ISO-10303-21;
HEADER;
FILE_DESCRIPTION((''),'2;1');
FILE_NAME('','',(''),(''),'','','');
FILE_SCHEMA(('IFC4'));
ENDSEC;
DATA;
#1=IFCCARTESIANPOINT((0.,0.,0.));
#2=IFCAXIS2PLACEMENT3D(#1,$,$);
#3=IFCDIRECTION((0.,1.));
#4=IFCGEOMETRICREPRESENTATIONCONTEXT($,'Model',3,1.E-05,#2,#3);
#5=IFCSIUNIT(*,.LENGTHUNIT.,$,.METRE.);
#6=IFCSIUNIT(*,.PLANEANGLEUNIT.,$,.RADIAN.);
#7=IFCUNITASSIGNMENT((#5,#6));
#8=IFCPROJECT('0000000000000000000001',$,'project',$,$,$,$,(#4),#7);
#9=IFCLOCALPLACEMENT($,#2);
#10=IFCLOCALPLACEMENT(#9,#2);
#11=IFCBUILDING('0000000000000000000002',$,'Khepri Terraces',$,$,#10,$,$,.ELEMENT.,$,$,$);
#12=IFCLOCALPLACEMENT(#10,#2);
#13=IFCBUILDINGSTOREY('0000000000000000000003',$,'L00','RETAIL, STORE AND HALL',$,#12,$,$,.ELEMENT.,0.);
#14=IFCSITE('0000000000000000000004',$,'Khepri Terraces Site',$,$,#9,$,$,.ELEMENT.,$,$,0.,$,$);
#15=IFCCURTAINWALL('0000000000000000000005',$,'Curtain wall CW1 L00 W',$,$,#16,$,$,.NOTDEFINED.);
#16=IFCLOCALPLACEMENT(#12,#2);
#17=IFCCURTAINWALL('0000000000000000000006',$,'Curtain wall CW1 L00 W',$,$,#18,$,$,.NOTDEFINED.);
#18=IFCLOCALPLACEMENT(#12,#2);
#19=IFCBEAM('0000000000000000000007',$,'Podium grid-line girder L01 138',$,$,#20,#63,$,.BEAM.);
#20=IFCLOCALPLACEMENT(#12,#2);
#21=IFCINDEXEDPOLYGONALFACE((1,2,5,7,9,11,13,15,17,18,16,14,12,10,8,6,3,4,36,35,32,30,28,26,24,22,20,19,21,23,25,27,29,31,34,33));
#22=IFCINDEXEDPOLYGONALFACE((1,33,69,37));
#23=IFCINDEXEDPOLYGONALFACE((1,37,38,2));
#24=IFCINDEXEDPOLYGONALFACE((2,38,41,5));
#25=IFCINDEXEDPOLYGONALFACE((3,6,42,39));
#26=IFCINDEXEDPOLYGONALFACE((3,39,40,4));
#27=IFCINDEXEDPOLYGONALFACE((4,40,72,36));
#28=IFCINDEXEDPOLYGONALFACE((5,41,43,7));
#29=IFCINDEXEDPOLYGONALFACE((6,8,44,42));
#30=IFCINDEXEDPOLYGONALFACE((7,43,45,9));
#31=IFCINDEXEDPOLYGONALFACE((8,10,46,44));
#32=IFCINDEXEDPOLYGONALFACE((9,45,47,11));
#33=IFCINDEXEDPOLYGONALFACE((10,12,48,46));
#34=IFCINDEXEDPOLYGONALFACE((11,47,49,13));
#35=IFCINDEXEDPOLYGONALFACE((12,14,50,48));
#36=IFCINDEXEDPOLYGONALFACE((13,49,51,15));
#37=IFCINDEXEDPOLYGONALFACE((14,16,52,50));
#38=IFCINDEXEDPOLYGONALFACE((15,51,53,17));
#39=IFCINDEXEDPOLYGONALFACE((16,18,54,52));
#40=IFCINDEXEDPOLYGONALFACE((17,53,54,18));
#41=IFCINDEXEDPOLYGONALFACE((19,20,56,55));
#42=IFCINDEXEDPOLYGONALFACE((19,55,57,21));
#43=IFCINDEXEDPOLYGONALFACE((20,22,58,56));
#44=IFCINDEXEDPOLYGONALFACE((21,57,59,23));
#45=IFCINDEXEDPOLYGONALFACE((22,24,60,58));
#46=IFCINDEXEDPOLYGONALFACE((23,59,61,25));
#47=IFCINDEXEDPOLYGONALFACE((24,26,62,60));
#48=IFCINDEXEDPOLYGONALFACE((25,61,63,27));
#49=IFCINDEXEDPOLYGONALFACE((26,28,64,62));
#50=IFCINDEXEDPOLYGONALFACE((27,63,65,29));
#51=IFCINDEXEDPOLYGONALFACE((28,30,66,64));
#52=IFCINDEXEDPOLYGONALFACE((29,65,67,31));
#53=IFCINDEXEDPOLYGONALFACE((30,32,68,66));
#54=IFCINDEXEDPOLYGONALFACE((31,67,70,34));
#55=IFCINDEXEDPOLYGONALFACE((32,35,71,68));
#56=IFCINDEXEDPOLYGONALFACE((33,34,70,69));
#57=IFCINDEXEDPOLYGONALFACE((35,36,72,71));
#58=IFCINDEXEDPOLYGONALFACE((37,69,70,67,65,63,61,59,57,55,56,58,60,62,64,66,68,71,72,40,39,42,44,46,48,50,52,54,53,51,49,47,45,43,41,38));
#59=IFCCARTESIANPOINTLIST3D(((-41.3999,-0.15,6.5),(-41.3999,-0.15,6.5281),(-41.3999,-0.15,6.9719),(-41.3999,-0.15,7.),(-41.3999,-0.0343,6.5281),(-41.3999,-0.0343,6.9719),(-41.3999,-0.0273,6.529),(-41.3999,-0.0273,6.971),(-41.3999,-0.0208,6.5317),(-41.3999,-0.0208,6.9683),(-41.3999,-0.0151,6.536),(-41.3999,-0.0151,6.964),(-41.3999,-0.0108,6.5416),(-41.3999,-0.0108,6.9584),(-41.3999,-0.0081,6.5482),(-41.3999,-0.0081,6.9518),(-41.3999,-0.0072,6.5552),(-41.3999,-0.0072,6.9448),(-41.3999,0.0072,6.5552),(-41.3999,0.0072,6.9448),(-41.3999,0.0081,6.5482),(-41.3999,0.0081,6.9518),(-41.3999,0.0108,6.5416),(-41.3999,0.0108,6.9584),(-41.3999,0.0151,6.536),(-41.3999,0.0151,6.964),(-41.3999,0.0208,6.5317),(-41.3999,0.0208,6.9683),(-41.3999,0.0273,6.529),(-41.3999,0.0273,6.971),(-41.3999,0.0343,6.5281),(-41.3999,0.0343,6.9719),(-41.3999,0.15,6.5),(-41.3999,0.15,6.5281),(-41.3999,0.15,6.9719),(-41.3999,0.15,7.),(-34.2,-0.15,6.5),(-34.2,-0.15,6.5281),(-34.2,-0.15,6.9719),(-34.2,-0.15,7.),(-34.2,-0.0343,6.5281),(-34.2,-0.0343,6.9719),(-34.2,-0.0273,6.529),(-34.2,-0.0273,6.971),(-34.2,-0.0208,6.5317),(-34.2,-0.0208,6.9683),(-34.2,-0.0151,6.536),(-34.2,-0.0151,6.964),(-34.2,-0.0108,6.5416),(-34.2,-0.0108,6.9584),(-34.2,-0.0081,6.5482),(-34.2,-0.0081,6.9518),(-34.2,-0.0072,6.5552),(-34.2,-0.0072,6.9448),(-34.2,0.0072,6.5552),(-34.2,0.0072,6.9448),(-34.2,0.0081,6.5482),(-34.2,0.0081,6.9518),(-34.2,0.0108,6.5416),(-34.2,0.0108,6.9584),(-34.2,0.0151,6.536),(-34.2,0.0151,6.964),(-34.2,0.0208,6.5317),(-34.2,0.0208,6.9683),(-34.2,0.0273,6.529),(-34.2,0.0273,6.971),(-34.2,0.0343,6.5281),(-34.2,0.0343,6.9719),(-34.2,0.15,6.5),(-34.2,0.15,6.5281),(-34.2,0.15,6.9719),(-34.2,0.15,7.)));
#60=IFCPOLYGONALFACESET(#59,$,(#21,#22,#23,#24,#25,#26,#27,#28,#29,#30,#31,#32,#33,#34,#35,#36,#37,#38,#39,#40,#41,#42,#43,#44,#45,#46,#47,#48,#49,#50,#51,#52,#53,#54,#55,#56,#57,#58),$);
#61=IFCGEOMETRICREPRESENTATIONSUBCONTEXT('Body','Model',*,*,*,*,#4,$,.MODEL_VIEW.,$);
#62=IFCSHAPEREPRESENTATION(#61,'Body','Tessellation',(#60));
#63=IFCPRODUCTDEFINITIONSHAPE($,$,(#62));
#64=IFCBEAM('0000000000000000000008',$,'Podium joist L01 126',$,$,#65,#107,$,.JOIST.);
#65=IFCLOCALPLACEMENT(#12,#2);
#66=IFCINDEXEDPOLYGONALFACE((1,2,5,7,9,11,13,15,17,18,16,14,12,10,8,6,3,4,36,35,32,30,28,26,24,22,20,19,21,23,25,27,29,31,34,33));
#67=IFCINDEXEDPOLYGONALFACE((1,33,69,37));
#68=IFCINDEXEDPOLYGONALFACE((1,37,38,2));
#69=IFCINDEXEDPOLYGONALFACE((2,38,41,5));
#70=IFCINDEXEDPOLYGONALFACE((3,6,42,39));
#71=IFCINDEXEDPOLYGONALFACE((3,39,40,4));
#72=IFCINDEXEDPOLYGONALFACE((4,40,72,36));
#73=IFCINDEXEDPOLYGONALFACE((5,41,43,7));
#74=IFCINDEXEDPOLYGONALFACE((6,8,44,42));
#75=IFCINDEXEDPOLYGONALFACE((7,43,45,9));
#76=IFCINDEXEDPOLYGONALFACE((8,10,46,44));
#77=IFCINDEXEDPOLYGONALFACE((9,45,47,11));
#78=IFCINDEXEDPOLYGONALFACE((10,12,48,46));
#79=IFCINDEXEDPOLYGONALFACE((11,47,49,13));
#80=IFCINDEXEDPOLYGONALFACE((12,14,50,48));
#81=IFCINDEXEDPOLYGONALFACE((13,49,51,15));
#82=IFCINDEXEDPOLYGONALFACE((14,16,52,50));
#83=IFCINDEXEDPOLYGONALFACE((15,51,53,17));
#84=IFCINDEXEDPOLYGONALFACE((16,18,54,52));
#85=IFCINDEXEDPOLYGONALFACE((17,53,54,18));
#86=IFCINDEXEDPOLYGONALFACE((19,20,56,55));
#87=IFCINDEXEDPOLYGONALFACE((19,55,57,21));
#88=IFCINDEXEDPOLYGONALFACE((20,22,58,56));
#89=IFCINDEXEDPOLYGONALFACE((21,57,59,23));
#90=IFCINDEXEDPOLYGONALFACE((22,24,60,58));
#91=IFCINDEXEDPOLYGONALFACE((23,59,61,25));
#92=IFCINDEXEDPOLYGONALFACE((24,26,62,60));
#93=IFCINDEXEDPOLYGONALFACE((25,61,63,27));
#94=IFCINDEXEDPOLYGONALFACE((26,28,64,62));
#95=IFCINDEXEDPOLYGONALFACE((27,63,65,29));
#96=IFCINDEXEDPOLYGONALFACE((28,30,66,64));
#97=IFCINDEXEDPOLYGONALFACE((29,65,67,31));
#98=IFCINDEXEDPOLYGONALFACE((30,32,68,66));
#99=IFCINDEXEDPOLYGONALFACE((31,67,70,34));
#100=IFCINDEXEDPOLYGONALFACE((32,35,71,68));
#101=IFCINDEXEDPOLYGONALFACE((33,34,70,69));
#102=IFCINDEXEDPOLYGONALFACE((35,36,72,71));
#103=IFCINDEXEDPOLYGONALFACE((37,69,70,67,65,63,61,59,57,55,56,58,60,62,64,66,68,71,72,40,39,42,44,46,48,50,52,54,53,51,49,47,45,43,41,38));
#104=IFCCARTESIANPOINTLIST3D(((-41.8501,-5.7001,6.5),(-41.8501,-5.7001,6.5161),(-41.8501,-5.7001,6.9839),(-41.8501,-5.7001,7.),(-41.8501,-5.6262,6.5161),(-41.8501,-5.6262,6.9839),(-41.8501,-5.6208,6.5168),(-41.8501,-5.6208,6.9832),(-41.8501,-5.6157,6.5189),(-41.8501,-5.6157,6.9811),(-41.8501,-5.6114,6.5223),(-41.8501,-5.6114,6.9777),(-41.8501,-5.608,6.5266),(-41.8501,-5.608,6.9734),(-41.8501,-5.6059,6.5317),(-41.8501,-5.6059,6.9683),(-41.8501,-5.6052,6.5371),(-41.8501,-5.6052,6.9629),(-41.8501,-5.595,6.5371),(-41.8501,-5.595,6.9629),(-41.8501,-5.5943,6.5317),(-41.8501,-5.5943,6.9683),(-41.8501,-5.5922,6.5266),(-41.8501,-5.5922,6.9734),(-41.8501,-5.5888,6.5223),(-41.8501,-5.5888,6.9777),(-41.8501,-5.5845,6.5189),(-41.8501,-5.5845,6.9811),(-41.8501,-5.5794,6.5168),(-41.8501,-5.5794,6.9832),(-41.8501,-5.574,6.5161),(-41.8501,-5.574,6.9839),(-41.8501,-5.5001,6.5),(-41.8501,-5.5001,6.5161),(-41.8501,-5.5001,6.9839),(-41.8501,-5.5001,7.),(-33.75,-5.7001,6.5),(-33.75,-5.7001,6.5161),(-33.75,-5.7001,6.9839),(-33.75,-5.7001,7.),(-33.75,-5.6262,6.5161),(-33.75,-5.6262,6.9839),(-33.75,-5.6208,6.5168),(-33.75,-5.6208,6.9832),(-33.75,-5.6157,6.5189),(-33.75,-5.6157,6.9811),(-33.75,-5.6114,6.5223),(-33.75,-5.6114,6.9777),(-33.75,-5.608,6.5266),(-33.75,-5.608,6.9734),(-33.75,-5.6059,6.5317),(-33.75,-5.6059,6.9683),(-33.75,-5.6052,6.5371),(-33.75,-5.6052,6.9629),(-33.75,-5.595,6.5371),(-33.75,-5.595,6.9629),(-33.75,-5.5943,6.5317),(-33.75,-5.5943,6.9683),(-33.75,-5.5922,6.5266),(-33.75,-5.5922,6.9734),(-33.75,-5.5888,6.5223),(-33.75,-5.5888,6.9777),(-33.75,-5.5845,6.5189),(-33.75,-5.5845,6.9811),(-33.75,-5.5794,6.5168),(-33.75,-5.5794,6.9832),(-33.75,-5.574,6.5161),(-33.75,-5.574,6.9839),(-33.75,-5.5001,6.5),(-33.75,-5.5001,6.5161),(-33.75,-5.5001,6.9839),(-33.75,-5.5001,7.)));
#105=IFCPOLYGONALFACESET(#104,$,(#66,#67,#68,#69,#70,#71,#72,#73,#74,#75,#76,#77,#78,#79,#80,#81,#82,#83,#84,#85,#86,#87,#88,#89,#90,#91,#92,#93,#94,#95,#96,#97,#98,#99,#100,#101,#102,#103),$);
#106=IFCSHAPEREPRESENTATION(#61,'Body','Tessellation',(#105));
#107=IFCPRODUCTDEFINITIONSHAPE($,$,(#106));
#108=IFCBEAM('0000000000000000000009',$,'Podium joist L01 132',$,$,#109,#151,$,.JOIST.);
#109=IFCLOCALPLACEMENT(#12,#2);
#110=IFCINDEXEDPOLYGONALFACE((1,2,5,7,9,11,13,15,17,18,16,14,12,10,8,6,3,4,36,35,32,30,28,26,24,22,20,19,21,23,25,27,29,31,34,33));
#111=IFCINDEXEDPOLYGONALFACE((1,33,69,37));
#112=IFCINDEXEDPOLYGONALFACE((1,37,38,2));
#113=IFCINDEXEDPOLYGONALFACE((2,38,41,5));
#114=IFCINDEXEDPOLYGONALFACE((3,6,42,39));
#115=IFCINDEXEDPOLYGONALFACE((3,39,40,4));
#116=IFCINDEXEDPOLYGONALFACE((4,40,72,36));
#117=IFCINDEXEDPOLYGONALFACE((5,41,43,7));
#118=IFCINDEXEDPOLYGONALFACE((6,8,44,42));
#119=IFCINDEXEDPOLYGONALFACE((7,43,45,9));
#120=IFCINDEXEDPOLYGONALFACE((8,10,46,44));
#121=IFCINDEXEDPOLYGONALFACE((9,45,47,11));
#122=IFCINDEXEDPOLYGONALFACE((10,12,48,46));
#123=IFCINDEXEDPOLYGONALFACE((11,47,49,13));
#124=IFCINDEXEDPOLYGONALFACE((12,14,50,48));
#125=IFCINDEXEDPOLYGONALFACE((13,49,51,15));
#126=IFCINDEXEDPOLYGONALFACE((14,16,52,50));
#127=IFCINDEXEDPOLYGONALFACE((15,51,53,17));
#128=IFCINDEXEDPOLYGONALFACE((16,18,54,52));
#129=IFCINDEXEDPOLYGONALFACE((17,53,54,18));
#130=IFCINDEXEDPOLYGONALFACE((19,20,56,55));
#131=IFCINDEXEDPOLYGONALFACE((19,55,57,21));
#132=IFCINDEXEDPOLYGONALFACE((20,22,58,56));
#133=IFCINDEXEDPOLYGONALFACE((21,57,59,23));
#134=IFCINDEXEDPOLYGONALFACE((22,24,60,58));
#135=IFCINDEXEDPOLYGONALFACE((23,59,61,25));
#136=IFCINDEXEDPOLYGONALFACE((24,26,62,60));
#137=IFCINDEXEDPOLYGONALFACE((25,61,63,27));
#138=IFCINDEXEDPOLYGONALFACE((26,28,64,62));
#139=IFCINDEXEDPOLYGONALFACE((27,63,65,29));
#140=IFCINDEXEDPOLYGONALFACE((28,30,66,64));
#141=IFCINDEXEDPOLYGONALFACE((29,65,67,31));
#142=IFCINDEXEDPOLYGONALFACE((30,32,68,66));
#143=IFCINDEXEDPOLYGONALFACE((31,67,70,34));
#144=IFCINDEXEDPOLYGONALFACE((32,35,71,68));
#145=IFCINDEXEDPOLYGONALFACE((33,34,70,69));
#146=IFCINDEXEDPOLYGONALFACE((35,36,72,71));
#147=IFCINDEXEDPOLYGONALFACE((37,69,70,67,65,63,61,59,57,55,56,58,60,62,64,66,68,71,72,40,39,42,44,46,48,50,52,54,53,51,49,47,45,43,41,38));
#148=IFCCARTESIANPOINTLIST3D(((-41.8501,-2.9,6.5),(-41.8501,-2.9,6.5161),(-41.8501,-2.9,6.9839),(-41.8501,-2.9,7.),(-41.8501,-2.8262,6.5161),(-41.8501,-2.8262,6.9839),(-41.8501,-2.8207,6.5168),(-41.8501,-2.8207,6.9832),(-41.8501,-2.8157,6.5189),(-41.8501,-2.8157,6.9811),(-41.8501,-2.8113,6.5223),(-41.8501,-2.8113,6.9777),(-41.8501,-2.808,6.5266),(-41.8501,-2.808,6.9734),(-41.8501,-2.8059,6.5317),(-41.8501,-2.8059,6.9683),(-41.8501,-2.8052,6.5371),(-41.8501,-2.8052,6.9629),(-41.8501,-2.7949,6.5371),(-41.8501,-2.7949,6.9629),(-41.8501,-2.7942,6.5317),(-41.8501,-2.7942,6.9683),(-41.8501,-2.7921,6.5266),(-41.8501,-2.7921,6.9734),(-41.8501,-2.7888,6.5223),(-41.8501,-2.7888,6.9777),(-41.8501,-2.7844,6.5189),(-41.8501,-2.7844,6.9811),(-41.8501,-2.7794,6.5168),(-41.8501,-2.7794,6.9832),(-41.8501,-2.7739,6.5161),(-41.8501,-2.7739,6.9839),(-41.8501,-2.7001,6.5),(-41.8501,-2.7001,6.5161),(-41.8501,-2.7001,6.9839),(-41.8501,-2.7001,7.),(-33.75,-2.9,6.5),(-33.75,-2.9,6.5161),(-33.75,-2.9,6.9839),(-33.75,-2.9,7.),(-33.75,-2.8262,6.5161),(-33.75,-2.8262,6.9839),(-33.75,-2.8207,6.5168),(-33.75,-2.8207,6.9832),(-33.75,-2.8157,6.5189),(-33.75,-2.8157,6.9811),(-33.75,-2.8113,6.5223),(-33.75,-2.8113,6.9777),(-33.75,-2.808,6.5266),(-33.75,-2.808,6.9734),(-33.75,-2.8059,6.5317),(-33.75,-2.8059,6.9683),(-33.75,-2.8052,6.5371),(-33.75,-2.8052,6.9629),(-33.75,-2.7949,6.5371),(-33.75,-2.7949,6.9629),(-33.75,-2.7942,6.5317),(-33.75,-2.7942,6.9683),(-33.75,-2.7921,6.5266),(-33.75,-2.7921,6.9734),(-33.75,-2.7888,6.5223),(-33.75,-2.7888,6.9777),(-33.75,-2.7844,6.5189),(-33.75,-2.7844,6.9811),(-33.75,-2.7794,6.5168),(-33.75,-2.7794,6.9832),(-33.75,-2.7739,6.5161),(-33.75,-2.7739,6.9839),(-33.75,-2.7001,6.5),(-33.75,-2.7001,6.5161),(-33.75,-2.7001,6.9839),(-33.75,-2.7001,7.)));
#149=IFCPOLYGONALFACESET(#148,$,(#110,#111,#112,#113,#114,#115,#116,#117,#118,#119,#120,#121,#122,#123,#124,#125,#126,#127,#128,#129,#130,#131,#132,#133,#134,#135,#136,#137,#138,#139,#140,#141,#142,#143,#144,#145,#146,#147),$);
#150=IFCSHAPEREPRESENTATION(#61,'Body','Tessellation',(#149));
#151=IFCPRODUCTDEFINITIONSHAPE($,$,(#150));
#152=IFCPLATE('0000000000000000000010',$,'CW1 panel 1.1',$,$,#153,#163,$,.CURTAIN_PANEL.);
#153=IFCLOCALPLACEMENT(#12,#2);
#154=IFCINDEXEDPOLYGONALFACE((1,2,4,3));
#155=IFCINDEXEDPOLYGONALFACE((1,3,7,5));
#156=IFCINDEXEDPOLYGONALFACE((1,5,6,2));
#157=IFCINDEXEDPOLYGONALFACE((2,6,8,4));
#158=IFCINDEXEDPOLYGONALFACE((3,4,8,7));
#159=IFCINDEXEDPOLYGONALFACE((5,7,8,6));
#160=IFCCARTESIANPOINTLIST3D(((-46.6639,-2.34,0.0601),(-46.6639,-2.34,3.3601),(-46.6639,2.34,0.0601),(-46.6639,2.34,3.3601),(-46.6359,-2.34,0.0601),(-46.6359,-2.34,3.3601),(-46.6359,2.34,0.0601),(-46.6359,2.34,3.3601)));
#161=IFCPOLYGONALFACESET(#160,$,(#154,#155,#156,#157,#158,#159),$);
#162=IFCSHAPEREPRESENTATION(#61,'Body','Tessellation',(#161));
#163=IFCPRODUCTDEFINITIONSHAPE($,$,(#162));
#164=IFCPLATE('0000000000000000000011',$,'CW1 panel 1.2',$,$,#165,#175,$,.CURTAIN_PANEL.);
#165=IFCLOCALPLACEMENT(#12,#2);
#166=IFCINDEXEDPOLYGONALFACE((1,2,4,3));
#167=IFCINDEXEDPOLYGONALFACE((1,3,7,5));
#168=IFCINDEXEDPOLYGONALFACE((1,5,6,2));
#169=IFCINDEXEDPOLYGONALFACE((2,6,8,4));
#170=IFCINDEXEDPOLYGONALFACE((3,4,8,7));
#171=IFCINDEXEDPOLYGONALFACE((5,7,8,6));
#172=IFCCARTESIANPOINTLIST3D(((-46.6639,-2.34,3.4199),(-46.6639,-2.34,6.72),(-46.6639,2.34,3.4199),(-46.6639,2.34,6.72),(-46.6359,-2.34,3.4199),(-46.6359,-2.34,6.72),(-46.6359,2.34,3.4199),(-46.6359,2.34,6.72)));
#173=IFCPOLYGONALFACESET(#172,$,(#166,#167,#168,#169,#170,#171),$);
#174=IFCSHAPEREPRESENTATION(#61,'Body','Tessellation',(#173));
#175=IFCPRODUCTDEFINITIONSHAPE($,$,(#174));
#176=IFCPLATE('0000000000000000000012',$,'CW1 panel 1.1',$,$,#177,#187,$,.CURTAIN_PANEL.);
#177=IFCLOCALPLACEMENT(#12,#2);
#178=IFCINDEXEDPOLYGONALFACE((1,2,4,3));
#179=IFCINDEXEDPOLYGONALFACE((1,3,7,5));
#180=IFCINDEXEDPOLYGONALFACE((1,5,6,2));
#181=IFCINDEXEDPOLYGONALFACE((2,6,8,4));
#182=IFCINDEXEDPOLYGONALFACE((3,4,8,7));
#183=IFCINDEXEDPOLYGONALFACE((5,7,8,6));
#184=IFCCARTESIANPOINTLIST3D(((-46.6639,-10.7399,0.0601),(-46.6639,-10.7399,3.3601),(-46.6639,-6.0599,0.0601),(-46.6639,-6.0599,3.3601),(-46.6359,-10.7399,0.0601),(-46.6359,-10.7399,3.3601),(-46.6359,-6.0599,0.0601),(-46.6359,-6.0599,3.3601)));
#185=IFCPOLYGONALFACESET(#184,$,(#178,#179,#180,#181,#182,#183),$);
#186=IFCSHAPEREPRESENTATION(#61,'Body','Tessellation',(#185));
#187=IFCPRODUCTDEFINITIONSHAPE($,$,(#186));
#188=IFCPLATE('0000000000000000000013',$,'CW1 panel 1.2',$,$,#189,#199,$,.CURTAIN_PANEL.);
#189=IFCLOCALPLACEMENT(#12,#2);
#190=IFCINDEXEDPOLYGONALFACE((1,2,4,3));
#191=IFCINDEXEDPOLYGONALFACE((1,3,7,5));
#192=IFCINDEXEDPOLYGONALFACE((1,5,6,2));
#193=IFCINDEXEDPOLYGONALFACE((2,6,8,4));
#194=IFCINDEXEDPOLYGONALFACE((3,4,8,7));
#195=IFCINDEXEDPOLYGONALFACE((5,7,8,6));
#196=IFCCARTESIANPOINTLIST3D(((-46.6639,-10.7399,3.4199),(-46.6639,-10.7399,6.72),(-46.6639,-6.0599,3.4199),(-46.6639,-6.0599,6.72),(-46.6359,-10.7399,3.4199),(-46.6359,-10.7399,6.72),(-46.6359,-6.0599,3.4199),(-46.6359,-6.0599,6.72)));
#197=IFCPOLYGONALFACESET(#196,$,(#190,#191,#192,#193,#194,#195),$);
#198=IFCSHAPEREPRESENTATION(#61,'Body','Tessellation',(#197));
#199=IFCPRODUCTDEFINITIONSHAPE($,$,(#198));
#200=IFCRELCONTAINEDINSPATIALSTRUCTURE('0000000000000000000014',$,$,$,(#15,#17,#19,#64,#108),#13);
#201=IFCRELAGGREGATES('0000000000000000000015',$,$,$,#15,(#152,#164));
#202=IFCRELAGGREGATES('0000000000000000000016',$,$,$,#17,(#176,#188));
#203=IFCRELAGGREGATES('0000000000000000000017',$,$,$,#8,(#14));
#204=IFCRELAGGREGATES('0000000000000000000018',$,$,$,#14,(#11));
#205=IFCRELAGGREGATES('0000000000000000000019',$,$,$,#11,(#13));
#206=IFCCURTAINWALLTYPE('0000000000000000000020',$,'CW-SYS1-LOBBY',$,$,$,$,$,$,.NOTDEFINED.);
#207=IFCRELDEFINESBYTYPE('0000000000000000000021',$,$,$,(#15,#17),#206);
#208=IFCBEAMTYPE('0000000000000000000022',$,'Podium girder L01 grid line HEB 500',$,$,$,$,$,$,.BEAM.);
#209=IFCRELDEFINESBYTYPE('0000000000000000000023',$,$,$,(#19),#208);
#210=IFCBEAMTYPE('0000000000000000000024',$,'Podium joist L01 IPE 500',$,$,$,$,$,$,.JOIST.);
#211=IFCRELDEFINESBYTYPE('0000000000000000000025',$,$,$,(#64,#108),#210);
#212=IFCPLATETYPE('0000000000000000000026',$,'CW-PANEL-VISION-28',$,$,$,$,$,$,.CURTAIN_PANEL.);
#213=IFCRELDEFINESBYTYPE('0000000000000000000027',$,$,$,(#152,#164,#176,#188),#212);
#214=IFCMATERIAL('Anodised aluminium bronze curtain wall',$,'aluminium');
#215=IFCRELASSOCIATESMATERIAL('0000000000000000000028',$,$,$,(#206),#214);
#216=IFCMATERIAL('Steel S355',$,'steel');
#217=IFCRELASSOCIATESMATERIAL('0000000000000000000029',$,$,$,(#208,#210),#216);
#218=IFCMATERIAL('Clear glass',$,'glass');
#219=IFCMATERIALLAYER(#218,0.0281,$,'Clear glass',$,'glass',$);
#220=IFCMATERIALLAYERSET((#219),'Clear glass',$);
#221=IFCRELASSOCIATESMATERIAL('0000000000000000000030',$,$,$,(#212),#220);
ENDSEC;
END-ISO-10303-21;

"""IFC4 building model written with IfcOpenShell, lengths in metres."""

from ifc_helpers import new_model, si_unit, direction, frame, origin, origin_2d, place, context, subcontext, project, spatial, rectangle, i_section, extrude, material, layer, layer_set, material_profile, profile_set, type_object, element, aggregate, save


model = new_model("IFC4")

# Units and contexts
model_context = context("Model", 3, precision=1e-05, world=origin(), true_north=direction((0.0, 1.0)))
body_context = subcontext(model_context, "Body", "Model", "MODEL_VIEW")
ifc_project = project(units=[si_unit("LENGTHUNIT", "METRE"), si_unit("PLANEANGLEUNIT", "RADIAN")], contexts=[model_context])

# Site, building, storey
site_placement = place(None, origin())
site = spatial("IfcSite", under=ifc_project, at=site_placement, Name="Khepri Terraces Site", CompositionType="ELEMENT", RefElevation=0.0)
building_placement = place(site_placement, origin())
building = spatial("IfcBuilding", under=site, at=building_placement, Name="Khepri Terraces", CompositionType="ELEMENT")
storey_placement = place(building_placement, origin())
storey = spatial("IfcBuildingStorey", under=building, at=storey_placement, Name="L00", Description="RETAIL, STORE AND HALL", CompositionType="ELEMENT", Elevation=0.0)

# Curtain wall
ifc_material_1 = material(Name="Anodised aluminium bronze curtain wall", Category="aluminium")
curtain_wall_type = type_object("IfcCurtainWallType", Name="CW-SYS1-LOBBY", PredefinedType="NOTDEFINED", material=ifc_material_1)
curtain_wall_1_placement = place(storey_placement, origin())
curtain_wall_1 = element("IfcCurtainWall", 1, at=curtain_wall_1_placement, inside=storey, type_object=curtain_wall_type, Name="Curtain wall CW1 L00 W", PredefinedType="NOTDEFINED")

# Curtain wall
curtain_wall_2_placement = place(storey_placement, origin())
curtain_wall_2 = element("IfcCurtainWall", 2, at=curtain_wall_2_placement, inside=storey, type_object=curtain_wall_type, Name="Curtain wall CW1 L00 W", PredefinedType="NOTDEFINED")

# Beams
ifc_material_2 = material(Name="Steel S355", Category="steel")
ifc_material_profile_1 = material_profile(ifc_material_2, i_section(OverallWidth=0.3, OverallDepth=0.5, WebThickness=0.0144, FlangeThickness=0.0281, FilletRadius=0.0271, at=origin_2d()), Name="Steel S355", Category="steel")
ifc_profile_set_1 = profile_set([ifc_material_profile_1], Name="Steel S355")
beam_type_1 = type_object("IfcBeamType", Name="Podium girder L01 grid line HEB 500", PredefinedType="BEAM", material=ifc_profile_set_1)
beam_1_placement = place(storey_placement, frame((-41.3999, 0.0, 6.75), z_axis=(1.0, 0.0, 0.0), x_axis=(0.0, 1.0, 0.0)))
element("IfcBeam", 3, at=beam_1_placement, inside=storey, type_object=beam_type_1, Name="Podium grid-line girder L01 138", PredefinedType="BEAM", context=body_context, shape_type="SweptSolid", body=[
    extrude(i_section(OverallWidth=0.3, OverallDepth=0.5, WebThickness=0.0144, FlangeThickness=0.0281, FilletRadius=0.0271, at=origin_2d()), origin(), (0.0, 0.0, 1.0), 7.2),
])
ifc_material_profile_2 = material_profile(ifc_material_2, i_section(OverallWidth=0.2, OverallDepth=0.5, WebThickness=0.0103, FlangeThickness=0.0161, FilletRadius=0.021, at=origin_2d()), Name="Steel S355", Category="steel")
ifc_profile_set_2 = profile_set([ifc_material_profile_2], Name="Steel S355")
beam_type_2 = type_object("IfcBeamType", Name="Podium joist L01 IPE 500", PredefinedType="JOIST", material=ifc_profile_set_2)
for number, where, z_axis, x_axis, name in (
    (4, (-41.8501, -5.6001, 6.75), (1.0, 0.0, 0.0), (0.0, 1.0, 0.0), "Podium joist L01 126"),
    (5, (-41.8501, -2.8, 6.75), (1.0, 0.0, 0.0), (0.0, 1.0, 0.0), "Podium joist L01 132"),
):
    element("IfcBeam", number, at=place(storey_placement, frame(where, z_axis=z_axis, x_axis=x_axis)), inside=storey, type_object=beam_type_2, Name=name, PredefinedType="JOIST", context=body_context, shape_type="SweptSolid", body=[
        extrude(i_section(OverallWidth=0.2, OverallDepth=0.5, WebThickness=0.0103, FlangeThickness=0.0161, FilletRadius=0.021, at=origin_2d()), origin(), (0.0, 0.0, 1.0), 8.1001),
    ])

# Plates
ifc_material_3 = material(Name="Clear glass", Category="glass")
ifc_layer_1 = layer(ifc_material_3, 0.0281, Name="Clear glass", Category="glass")
ifc_layer_set_1 = layer_set([ifc_layer_1], Name="Clear glass")
plate_type = type_object("IfcPlateType", Name="CW-PANEL-VISION-28", PredefinedType="CURTAIN_PANEL", material=ifc_layer_set_1)
plate_1_placement = place(storey_placement, frame((-46.6499, 0.0, 0.0601), z_axis=(0.0, 0.0, 1.0), x_axis=(0.0, -1.0, 0.0)))
plate_1 = element("IfcPlate", 6, at=plate_1_placement, type_object=plate_type, Name="CW1 panel 1.1", PredefinedType="CURTAIN_PANEL", context=body_context, shape_type="SweptSolid", body=[
    extrude(rectangle(XDim=4.6799, YDim=0.0281, at=origin_2d()), origin(), (0.0, 0.0, 1.0), 3.3),
])
plate_2_placement = place(storey_placement, frame((-46.6499, 0.0, 3.4199), z_axis=(0.0, 0.0, 1.0), x_axis=(0.0, -1.0, 0.0)))
plate_2 = element("IfcPlate", 7, at=plate_2_placement, type_object=plate_type, Name="CW1 panel 1.2", PredefinedType="CURTAIN_PANEL", context=body_context, shape_type="SweptSolid", body=[
    extrude(rectangle(XDim=4.6799, YDim=0.0281, at=origin_2d()), origin(), (0.0, 0.0, 1.0), 3.3),
])
aggregate(curtain_wall_1, [plate_1, plate_2])
plate_3_placement = place(storey_placement, frame((-46.6499, -8.3999, 0.0601), z_axis=(0.0, 0.0, 1.0), x_axis=(0.0, -1.0, 0.0)))
plate_3 = element("IfcPlate", 8, at=plate_3_placement, type_object=plate_type, Name="CW1 panel 1.1", PredefinedType="CURTAIN_PANEL", context=body_context, shape_type="SweptSolid", body=[
    extrude(rectangle(XDim=4.6799, YDim=0.0281, at=origin_2d()), origin(), (0.0, 0.0, 1.0), 3.3),
])
plate_4_placement = place(storey_placement, frame((-46.6499, -8.3999, 3.4199), z_axis=(0.0, 0.0, 1.0), x_axis=(0.0, -1.0, 0.0)))
plate_4 = element("IfcPlate", 9, at=plate_4_placement, type_object=plate_type, Name="CW1 panel 1.2", PredefinedType="CURTAIN_PANEL", context=body_context, shape_type="SweptSolid", body=[
    extrude(rectangle(XDim=4.6799, YDim=0.0281, at=origin_2d()), origin(), (0.0, 0.0, 1.0), 3.3),
])
aggregate(curtain_wall_2, [plate_3, plate_4])

save(model, "model.ifc")
